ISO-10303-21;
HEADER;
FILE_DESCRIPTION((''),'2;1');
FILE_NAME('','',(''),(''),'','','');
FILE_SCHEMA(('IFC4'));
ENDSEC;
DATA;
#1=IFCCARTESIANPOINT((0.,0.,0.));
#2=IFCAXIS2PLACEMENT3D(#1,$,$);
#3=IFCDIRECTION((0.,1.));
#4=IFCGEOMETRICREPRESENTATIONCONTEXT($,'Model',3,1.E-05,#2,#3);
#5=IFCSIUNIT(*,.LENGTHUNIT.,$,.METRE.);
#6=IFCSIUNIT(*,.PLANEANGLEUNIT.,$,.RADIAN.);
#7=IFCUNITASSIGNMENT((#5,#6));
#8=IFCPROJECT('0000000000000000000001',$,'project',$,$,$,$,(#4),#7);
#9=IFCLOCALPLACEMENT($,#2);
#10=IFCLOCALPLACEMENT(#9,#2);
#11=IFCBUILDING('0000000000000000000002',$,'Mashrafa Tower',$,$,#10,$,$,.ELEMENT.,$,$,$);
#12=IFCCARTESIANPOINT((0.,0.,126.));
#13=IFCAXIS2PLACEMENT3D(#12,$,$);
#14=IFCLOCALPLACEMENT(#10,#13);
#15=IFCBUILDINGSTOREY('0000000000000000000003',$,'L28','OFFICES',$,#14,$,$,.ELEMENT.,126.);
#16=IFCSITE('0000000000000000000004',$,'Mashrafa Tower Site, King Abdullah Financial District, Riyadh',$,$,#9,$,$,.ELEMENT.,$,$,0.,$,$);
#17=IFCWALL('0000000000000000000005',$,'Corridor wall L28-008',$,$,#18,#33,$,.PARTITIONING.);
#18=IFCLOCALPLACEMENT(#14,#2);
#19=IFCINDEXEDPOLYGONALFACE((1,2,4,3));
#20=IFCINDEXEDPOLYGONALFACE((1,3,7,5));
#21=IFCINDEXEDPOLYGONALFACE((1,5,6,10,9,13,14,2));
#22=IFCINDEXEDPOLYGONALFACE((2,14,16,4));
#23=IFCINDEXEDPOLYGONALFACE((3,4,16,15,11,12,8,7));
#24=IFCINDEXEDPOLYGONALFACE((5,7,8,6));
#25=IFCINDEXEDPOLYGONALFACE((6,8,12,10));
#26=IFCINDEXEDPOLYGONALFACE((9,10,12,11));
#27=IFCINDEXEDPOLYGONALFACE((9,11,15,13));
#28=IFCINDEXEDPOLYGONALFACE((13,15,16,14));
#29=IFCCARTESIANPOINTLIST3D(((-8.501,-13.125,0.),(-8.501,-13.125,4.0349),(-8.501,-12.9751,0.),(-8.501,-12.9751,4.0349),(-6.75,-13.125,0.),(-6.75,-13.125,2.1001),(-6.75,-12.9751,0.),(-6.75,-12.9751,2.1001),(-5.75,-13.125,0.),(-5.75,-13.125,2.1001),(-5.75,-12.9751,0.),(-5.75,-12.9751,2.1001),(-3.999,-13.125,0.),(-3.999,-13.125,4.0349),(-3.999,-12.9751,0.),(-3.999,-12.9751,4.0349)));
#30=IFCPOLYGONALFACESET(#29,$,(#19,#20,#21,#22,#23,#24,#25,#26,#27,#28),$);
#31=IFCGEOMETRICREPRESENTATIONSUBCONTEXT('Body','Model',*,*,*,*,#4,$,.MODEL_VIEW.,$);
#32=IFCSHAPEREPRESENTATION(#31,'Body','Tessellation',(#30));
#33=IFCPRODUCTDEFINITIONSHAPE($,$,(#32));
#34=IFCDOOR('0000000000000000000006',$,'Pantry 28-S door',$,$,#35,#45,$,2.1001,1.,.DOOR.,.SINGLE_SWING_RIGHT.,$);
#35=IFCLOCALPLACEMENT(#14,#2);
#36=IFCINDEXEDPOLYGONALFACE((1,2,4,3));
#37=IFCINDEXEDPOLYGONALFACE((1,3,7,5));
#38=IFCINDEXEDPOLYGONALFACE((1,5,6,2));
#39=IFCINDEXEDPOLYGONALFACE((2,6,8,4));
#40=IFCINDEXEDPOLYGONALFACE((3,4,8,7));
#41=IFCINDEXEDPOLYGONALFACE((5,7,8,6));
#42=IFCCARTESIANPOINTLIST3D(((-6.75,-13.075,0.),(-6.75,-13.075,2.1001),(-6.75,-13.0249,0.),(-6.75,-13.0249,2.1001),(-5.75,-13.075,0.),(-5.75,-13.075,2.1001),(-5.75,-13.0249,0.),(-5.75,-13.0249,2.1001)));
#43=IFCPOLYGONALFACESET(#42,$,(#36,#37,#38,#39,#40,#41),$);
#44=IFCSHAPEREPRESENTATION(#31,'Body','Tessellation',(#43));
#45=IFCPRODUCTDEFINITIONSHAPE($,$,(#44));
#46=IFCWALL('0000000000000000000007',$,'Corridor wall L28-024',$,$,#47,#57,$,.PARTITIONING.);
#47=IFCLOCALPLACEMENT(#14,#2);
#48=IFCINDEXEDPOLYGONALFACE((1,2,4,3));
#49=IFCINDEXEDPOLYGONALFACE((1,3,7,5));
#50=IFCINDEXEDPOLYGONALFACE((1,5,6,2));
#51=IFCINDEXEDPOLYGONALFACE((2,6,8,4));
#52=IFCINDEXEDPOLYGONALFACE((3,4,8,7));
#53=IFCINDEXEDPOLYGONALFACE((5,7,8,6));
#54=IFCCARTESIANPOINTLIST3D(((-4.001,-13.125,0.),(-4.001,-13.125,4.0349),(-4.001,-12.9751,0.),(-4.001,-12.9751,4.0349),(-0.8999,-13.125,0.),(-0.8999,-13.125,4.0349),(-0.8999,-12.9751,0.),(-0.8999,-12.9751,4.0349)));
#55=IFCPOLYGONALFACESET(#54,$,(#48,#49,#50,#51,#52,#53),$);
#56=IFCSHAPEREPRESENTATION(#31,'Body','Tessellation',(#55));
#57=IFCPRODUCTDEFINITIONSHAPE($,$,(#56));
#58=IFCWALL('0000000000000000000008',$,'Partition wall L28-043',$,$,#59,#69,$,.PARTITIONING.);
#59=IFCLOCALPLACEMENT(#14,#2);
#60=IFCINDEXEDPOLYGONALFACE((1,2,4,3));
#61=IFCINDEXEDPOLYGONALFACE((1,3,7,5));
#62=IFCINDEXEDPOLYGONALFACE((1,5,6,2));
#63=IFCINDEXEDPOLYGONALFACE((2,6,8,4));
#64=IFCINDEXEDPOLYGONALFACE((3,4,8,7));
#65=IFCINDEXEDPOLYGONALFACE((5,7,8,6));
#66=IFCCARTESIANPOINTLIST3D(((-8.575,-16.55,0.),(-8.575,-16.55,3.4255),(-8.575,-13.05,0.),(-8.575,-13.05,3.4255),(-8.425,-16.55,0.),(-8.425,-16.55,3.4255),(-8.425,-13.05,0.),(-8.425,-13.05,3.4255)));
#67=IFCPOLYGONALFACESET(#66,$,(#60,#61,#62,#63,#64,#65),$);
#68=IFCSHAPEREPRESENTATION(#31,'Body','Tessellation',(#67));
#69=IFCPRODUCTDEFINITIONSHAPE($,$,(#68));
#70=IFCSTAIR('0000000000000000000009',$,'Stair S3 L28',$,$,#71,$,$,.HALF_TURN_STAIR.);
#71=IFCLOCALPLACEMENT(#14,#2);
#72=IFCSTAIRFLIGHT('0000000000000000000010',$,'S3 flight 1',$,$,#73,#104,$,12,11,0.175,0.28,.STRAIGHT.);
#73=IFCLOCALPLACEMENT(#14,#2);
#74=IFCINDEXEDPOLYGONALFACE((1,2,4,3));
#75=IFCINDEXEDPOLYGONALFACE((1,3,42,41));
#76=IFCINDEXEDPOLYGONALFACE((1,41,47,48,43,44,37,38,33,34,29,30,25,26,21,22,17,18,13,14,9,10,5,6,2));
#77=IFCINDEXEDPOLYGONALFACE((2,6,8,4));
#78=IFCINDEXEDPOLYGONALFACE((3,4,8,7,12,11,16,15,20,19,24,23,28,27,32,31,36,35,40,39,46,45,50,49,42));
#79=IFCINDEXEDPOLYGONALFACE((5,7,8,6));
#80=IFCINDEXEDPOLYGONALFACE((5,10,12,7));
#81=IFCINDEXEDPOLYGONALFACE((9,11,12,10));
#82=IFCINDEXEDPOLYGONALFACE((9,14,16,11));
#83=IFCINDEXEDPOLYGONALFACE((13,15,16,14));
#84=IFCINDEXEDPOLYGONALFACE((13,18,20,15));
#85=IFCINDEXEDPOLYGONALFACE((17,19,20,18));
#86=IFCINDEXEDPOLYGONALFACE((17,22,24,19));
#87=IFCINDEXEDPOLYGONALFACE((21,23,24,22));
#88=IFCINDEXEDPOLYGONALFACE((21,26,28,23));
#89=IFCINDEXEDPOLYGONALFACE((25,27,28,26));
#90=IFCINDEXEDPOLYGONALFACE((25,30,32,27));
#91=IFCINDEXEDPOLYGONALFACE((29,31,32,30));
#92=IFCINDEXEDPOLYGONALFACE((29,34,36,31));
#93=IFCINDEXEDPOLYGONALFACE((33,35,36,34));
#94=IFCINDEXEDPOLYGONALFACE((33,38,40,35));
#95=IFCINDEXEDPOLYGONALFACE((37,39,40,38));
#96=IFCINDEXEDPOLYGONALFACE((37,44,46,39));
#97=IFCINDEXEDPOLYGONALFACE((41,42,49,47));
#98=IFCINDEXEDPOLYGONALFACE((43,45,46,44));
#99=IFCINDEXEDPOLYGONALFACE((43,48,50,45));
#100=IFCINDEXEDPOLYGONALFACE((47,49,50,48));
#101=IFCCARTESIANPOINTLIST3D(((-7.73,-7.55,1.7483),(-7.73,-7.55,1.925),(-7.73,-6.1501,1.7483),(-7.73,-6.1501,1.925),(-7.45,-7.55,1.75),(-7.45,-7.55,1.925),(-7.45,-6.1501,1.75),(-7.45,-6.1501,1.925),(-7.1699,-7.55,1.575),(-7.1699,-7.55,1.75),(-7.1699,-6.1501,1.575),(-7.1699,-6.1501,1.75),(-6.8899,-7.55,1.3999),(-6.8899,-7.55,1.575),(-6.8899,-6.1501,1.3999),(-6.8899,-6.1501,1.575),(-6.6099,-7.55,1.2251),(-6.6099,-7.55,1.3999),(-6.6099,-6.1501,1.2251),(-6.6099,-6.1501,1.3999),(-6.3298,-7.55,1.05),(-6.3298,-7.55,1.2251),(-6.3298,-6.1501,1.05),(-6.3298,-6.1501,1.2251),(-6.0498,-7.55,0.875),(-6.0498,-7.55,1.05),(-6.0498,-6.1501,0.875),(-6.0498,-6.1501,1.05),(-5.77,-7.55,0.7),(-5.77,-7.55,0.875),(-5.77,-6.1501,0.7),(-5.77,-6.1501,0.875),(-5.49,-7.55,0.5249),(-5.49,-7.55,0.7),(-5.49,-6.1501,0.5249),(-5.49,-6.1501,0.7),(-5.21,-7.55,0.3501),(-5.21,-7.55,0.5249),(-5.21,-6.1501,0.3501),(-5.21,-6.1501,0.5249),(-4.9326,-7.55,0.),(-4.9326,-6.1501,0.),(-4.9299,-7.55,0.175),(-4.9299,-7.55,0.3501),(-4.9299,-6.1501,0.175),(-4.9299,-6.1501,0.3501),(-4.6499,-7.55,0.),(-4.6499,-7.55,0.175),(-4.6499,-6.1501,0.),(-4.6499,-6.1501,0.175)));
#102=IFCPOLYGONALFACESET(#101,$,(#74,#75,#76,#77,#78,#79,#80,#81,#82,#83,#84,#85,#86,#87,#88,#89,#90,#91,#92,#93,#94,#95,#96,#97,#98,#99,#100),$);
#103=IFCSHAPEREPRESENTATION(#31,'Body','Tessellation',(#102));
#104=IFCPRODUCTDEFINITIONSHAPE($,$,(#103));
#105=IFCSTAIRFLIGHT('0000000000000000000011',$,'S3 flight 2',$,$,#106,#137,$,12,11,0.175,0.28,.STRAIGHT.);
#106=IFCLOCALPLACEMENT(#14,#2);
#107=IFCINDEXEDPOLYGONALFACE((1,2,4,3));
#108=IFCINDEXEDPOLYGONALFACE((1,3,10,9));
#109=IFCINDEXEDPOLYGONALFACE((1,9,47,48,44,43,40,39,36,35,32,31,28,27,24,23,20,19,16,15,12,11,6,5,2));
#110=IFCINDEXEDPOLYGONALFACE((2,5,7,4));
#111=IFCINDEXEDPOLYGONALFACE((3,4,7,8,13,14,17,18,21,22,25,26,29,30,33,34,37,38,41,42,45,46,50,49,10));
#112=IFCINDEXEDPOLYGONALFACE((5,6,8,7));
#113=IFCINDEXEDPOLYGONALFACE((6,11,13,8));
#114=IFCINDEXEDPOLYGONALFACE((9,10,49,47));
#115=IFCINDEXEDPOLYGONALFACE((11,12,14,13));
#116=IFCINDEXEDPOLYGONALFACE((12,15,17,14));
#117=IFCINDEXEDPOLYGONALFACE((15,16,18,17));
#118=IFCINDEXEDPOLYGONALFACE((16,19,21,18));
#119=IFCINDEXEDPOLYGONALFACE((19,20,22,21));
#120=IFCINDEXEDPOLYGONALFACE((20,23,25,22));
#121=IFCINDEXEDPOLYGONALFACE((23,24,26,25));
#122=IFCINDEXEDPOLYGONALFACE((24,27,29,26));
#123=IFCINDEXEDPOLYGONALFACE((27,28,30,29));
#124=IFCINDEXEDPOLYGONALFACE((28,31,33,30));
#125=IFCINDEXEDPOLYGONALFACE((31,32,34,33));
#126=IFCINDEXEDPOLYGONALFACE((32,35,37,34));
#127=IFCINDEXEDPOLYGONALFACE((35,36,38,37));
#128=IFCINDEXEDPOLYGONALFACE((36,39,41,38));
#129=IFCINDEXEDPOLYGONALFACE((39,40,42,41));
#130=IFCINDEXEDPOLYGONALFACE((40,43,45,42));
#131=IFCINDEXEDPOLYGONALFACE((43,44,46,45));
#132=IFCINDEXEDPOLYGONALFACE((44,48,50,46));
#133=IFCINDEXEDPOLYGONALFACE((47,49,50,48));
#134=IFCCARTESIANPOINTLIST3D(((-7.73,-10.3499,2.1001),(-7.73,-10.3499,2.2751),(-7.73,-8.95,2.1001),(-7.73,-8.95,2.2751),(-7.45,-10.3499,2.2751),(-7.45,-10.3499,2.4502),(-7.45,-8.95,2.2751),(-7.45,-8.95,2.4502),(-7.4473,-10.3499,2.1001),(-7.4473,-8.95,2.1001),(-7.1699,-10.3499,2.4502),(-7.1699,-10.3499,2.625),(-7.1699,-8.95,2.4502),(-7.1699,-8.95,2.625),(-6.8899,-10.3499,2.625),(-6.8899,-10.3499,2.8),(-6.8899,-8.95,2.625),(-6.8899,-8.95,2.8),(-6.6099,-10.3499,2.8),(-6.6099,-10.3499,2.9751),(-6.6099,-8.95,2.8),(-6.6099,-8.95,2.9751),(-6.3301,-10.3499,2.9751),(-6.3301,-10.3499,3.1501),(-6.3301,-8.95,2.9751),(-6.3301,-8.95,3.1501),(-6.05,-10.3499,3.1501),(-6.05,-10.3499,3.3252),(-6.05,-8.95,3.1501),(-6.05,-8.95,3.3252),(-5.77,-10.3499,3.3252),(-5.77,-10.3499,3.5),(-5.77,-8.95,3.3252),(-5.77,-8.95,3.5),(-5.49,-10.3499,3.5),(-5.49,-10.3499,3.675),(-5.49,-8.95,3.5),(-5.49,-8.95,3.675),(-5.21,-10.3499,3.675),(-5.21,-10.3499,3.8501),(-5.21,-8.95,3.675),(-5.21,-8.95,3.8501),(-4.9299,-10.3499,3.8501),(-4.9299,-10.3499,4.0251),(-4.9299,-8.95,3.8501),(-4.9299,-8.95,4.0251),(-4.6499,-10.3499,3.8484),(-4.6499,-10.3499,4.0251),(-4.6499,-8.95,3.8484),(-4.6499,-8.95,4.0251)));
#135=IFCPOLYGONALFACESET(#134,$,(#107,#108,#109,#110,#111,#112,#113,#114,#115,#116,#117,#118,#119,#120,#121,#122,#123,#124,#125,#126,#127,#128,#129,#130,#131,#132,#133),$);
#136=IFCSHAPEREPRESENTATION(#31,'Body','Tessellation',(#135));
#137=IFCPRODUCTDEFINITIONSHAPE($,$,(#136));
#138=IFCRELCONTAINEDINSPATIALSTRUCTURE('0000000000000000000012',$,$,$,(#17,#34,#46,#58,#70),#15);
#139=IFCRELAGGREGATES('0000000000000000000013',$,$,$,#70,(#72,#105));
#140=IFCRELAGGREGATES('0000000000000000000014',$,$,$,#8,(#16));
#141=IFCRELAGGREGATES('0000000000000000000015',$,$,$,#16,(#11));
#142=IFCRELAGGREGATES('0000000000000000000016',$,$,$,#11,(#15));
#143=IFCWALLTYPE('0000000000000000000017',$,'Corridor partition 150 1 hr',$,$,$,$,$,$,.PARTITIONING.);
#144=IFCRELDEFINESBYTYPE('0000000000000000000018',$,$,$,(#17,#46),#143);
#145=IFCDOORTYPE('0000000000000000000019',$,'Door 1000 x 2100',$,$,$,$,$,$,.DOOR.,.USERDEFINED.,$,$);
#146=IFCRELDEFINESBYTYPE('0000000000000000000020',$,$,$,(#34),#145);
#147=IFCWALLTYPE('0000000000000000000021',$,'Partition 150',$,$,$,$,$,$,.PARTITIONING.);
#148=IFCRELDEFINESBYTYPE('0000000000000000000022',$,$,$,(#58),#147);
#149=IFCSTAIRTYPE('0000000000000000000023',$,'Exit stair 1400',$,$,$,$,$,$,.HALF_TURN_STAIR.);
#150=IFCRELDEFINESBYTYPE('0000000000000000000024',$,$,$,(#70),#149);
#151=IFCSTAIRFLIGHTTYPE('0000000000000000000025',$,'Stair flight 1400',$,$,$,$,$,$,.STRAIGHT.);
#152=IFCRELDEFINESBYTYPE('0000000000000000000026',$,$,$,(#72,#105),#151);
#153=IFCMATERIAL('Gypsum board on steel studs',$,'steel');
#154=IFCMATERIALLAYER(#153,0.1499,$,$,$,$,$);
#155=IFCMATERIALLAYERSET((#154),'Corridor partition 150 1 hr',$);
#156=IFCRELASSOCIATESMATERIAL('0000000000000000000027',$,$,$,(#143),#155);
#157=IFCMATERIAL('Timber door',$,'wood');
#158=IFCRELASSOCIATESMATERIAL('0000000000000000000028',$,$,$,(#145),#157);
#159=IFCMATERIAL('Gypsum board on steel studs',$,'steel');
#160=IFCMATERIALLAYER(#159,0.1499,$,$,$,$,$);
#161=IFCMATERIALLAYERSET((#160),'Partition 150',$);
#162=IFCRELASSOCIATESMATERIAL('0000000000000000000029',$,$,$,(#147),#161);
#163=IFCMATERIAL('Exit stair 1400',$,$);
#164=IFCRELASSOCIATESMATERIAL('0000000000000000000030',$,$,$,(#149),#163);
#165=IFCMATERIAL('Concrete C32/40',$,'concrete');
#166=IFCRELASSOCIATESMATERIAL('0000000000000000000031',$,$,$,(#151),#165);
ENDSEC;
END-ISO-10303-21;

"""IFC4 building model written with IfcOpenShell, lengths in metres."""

from ifc_helpers import new_model, si_unit, direction, frame, frame_2d, origin, place, context, subcontext, project, spatial, polyline, rectangle, outline, extrude, material, layer, layer_set, type_object, element, fill, aggregate, save


model = new_model("IFC4")

# Units and contexts
model_context = context("Model", 3, precision=1e-05, world=origin(), true_north=direction((0.0, 1.0)))
body_context = subcontext(model_context, "Body", "Model", "MODEL_VIEW")
ifc_project = project(units=[si_unit("LENGTHUNIT", "METRE"), si_unit("PLANEANGLEUNIT", "RADIAN")], contexts=[model_context])

# Site, building, storey
site_placement = place(None, origin())
site = spatial("IfcSite", under=ifc_project, at=site_placement, Name="Mashrafa Tower Site, King Abdullah Financial District, Riyadh", CompositionType="ELEMENT", RefElevation=0.0)
building_placement = place(site_placement, origin())
building = spatial("IfcBuilding", under=site, at=building_placement, Name="Mashrafa Tower", CompositionType="ELEMENT")
storey_placement = place(building_placement, frame((0.0, 0.0, 126.0)))
storey = spatial("IfcBuildingStorey", under=building, at=storey_placement, Name="L28", Description="OFFICES", CompositionType="ELEMENT", Elevation=126.0)

# Wall, opening, door
ifc_material_1 = material(Name="Gypsum board on steel studs", Category="steel")
ifc_layer_1 = layer(ifc_material_1, 0.1499)
ifc_layer_set_1 = layer_set([ifc_layer_1], Name="Corridor partition 150 1 hr")
wall_type_1 = type_object("IfcWallType", Name="Corridor partition 150 1 hr", PredefinedType="PARTITIONING", material=ifc_layer_set_1)
wall_1_placement = place(storey_placement, frame((-8.501, -13.05, 0.0), z_axis=(0.0, 0.0, 1.0), x_axis=(1.0, 0.0, 0.0)))
wall_1 = element("IfcWall", 1, at=wall_1_placement, inside=storey, type_object=wall_type_1, Name="Corridor wall L28-008", PredefinedType="PARTITIONING", context=body_context, shape_type="SweptSolid", body=[
    extrude(rectangle(XDim=4.502, YDim=0.1499, at=frame_2d((2.251, 0.0))), origin(), (0.0, 0.0, 1.0), 4.0349),
])
opening_1_placement = place(wall_1_placement, frame((1.751, 0.0, 0.0)))
opening_1 = element("IfcOpeningElement", 2, at=opening_1_placement, cuts=wall_1, PredefinedType="OPENING", context=body_context, shape_type="SweptSolid", body=[
    extrude(rectangle(XDim=1.0, YDim=2.1001, at=frame_2d((0.5, 1.05))), frame((0.0, 0.085, 0.0), z_axis=(0.0, -1.0, 0.0), x_axis=(1.0, 0.0, 0.0)), (0.0, 0.0, 1.0), 0.1699),
])
ifc_material_2 = material(Name="Timber door", Category="wood")
door_type_1 = type_object("IfcDoorType", Name="Door 1000 x 2100", OperationType="USERDEFINED", PredefinedType="DOOR", material=ifc_material_2)
door_1_placement = place(opening_1_placement, frame((1.0, 0.0, 0.0), z_axis=(0.0, 0.0, 1.0), x_axis=(-1.0, 0.0, 0.0)))
door_1 = element("IfcDoor", 3, at=door_1_placement, inside=storey, type_object=door_type_1, Name="Pantry 28-S door", OperationType="SINGLE_SWING_RIGHT", OverallHeight=2.1001, OverallWidth=1.0, PredefinedType="DOOR", context=body_context, shape_type="SweptSolid", body=[
    extrude(rectangle(XDim=1.0, YDim=2.1001, at=frame_2d((0.5, 1.05))), frame((0.0, 0.0249, 0.0), z_axis=(0.0, -1.0, 0.0), x_axis=(1.0, 0.0, 0.0)), (0.0, 0.0, 1.0), 0.05),
])
fill(opening_1, door_1)

# Wall
wall_2_placement = place(storey_placement, frame((-4.001, -13.05, 0.0), z_axis=(0.0, 0.0, 1.0), x_axis=(1.0, 0.0, 0.0)))
element("IfcWall", 4, at=wall_2_placement, inside=storey, type_object=wall_type_1, Name="Corridor wall L28-024", PredefinedType="PARTITIONING", context=body_context, shape_type="SweptSolid", body=[
    extrude(rectangle(XDim=3.1011, YDim=0.1499, at=frame_2d((1.5505, 0.0))), origin(), (0.0, 0.0, 1.0), 4.0349),
])

# Wall
ifc_material_3 = material(Name="Gypsum board on steel studs", Category="steel")
ifc_layer_2 = layer(ifc_material_3, 0.1499)
ifc_layer_set_2 = layer_set([ifc_layer_2], Name="Partition 150")
wall_type_2 = type_object("IfcWallType", Name="Partition 150", PredefinedType="PARTITIONING", material=ifc_layer_set_2)
wall_3_placement = place(storey_placement, frame((-8.5, -13.05, 0.0), z_axis=(0.0, 0.0, 1.0), x_axis=(0.0, -1.0, 0.0)))
element("IfcWall", 5, at=wall_3_placement, inside=storey, type_object=wall_type_2, Name="Partition wall L28-043", PredefinedType="PARTITIONING", context=body_context, shape_type="SweptSolid", body=[
    extrude(rectangle(XDim=3.5, YDim=0.1499, at=frame_2d((1.75, 0.0))), origin(), (0.0, 0.0, 1.0), 3.4255),
])

# Stair, stair flights
ifc_material_4 = material(Name="Exit stair 1400")
stair_type = type_object("IfcStairType", Name="Exit stair 1400", PredefinedType="HALF_TURN_STAIR", material=ifc_material_4)
stair_placement = place(storey_placement, origin())
stair = element("IfcStair", 6, at=stair_placement, inside=storey, type_object=stair_type, Name="Stair S3 L28", PredefinedType="HALF_TURN_STAIR")
ifc_material_5 = material(Name="Concrete C32/40", Category="concrete")
stair_flight_type = type_object("IfcStairFlightType", Name="Stair flight 1400", PredefinedType="STRAIGHT", material=ifc_material_5)
stair_flight_1_placement = place(storey_placement, frame((-4.6499, -6.8501, 0.0), z_axis=(0.0, 0.0, 1.0), x_axis=(-1.0, 0.0, 0.0)))
stair_flight_1 = element("IfcStairFlight", 7, at=stair_flight_1_placement, type_object=stair_flight_type, Name="S3 flight 1", NumberOfRisers=12, NumberOfTreads=11, PredefinedType="STRAIGHT", RiserHeight=0.175, TreadLength=0.28, context=body_context, shape_type="SweptSolid", body=[
    extrude(outline(polyline([(0.0, 0.0), (0.0, 0.175), (0.28, 0.175), (0.28, 0.3501), (0.5601, 0.3501), (0.5601, 0.5249), (0.8401, 0.5249), (0.8401, 0.7), (1.1201, 0.7), (1.1201, 0.875), (1.3999, 0.875), (1.3999, 1.05), (1.6799, 1.05), (1.6799, 1.2251), (1.96, 1.2251), (1.96, 1.3999), (2.24, 1.3999), (2.24, 1.575), (2.52, 1.575), (2.52, 1.75), (2.8, 1.75), (2.8, 1.925), (3.0801, 1.925), (3.0801, 2.1001), (3.0801, 1.7483), (0.2827, 0.0), (0.0, 0.0)])), frame((0.0, 0.7, 0.0), z_axis=(0.0, -1.0, 0.0), x_axis=(1.0, 0.0, 0.0)), (0.0, 0.0, 1.0), 1.3999),
])
stair_flight_2_placement = place(storey_placement, frame((-7.73, -9.6499, 2.1001), z_axis=(0.0, 0.0, 1.0), x_axis=(1.0, 0.0, 0.0)))
stair_flight_2 = element("IfcStairFlight", 8, at=stair_flight_2_placement, type_object=stair_flight_type, Name="S3 flight 2", NumberOfRisers=12, NumberOfTreads=11, PredefinedType="STRAIGHT", RiserHeight=0.175, TreadLength=0.28, context=body_context, shape_type="SweptSolid", body=[
    extrude(outline(polyline([(0.0, 0.0), (0.0, 0.175), (0.28, 0.175), (0.28, 0.3501), (0.5601, 0.3501), (0.5601, 0.5249), (0.8401, 0.5249), (0.8401, 0.7), (1.1201, 0.7), (1.1201, 0.875), (1.3999, 0.875), (1.3999, 1.05), (1.6799, 1.05), (1.6799, 1.2251), (1.96, 1.2251), (1.96, 1.3999), (2.24, 1.3999), (2.24, 1.575), (2.52, 1.575), (2.52, 1.75), (2.8, 1.75), (2.8, 1.925), (3.0801, 1.925), (3.0801, 2.1001), (3.0801, 1.7483), (0.2827, 0.0), (0.0, 0.0)])), frame((0.0, 0.7, 0.0), z_axis=(0.0, -1.0, 0.0), x_axis=(1.0, 0.0, 0.0)), (0.0, 0.0, 1.0), 1.3999),
])
aggregate(stair, [stair_flight_1, stair_flight_2])

save(model, "model.ifc")
